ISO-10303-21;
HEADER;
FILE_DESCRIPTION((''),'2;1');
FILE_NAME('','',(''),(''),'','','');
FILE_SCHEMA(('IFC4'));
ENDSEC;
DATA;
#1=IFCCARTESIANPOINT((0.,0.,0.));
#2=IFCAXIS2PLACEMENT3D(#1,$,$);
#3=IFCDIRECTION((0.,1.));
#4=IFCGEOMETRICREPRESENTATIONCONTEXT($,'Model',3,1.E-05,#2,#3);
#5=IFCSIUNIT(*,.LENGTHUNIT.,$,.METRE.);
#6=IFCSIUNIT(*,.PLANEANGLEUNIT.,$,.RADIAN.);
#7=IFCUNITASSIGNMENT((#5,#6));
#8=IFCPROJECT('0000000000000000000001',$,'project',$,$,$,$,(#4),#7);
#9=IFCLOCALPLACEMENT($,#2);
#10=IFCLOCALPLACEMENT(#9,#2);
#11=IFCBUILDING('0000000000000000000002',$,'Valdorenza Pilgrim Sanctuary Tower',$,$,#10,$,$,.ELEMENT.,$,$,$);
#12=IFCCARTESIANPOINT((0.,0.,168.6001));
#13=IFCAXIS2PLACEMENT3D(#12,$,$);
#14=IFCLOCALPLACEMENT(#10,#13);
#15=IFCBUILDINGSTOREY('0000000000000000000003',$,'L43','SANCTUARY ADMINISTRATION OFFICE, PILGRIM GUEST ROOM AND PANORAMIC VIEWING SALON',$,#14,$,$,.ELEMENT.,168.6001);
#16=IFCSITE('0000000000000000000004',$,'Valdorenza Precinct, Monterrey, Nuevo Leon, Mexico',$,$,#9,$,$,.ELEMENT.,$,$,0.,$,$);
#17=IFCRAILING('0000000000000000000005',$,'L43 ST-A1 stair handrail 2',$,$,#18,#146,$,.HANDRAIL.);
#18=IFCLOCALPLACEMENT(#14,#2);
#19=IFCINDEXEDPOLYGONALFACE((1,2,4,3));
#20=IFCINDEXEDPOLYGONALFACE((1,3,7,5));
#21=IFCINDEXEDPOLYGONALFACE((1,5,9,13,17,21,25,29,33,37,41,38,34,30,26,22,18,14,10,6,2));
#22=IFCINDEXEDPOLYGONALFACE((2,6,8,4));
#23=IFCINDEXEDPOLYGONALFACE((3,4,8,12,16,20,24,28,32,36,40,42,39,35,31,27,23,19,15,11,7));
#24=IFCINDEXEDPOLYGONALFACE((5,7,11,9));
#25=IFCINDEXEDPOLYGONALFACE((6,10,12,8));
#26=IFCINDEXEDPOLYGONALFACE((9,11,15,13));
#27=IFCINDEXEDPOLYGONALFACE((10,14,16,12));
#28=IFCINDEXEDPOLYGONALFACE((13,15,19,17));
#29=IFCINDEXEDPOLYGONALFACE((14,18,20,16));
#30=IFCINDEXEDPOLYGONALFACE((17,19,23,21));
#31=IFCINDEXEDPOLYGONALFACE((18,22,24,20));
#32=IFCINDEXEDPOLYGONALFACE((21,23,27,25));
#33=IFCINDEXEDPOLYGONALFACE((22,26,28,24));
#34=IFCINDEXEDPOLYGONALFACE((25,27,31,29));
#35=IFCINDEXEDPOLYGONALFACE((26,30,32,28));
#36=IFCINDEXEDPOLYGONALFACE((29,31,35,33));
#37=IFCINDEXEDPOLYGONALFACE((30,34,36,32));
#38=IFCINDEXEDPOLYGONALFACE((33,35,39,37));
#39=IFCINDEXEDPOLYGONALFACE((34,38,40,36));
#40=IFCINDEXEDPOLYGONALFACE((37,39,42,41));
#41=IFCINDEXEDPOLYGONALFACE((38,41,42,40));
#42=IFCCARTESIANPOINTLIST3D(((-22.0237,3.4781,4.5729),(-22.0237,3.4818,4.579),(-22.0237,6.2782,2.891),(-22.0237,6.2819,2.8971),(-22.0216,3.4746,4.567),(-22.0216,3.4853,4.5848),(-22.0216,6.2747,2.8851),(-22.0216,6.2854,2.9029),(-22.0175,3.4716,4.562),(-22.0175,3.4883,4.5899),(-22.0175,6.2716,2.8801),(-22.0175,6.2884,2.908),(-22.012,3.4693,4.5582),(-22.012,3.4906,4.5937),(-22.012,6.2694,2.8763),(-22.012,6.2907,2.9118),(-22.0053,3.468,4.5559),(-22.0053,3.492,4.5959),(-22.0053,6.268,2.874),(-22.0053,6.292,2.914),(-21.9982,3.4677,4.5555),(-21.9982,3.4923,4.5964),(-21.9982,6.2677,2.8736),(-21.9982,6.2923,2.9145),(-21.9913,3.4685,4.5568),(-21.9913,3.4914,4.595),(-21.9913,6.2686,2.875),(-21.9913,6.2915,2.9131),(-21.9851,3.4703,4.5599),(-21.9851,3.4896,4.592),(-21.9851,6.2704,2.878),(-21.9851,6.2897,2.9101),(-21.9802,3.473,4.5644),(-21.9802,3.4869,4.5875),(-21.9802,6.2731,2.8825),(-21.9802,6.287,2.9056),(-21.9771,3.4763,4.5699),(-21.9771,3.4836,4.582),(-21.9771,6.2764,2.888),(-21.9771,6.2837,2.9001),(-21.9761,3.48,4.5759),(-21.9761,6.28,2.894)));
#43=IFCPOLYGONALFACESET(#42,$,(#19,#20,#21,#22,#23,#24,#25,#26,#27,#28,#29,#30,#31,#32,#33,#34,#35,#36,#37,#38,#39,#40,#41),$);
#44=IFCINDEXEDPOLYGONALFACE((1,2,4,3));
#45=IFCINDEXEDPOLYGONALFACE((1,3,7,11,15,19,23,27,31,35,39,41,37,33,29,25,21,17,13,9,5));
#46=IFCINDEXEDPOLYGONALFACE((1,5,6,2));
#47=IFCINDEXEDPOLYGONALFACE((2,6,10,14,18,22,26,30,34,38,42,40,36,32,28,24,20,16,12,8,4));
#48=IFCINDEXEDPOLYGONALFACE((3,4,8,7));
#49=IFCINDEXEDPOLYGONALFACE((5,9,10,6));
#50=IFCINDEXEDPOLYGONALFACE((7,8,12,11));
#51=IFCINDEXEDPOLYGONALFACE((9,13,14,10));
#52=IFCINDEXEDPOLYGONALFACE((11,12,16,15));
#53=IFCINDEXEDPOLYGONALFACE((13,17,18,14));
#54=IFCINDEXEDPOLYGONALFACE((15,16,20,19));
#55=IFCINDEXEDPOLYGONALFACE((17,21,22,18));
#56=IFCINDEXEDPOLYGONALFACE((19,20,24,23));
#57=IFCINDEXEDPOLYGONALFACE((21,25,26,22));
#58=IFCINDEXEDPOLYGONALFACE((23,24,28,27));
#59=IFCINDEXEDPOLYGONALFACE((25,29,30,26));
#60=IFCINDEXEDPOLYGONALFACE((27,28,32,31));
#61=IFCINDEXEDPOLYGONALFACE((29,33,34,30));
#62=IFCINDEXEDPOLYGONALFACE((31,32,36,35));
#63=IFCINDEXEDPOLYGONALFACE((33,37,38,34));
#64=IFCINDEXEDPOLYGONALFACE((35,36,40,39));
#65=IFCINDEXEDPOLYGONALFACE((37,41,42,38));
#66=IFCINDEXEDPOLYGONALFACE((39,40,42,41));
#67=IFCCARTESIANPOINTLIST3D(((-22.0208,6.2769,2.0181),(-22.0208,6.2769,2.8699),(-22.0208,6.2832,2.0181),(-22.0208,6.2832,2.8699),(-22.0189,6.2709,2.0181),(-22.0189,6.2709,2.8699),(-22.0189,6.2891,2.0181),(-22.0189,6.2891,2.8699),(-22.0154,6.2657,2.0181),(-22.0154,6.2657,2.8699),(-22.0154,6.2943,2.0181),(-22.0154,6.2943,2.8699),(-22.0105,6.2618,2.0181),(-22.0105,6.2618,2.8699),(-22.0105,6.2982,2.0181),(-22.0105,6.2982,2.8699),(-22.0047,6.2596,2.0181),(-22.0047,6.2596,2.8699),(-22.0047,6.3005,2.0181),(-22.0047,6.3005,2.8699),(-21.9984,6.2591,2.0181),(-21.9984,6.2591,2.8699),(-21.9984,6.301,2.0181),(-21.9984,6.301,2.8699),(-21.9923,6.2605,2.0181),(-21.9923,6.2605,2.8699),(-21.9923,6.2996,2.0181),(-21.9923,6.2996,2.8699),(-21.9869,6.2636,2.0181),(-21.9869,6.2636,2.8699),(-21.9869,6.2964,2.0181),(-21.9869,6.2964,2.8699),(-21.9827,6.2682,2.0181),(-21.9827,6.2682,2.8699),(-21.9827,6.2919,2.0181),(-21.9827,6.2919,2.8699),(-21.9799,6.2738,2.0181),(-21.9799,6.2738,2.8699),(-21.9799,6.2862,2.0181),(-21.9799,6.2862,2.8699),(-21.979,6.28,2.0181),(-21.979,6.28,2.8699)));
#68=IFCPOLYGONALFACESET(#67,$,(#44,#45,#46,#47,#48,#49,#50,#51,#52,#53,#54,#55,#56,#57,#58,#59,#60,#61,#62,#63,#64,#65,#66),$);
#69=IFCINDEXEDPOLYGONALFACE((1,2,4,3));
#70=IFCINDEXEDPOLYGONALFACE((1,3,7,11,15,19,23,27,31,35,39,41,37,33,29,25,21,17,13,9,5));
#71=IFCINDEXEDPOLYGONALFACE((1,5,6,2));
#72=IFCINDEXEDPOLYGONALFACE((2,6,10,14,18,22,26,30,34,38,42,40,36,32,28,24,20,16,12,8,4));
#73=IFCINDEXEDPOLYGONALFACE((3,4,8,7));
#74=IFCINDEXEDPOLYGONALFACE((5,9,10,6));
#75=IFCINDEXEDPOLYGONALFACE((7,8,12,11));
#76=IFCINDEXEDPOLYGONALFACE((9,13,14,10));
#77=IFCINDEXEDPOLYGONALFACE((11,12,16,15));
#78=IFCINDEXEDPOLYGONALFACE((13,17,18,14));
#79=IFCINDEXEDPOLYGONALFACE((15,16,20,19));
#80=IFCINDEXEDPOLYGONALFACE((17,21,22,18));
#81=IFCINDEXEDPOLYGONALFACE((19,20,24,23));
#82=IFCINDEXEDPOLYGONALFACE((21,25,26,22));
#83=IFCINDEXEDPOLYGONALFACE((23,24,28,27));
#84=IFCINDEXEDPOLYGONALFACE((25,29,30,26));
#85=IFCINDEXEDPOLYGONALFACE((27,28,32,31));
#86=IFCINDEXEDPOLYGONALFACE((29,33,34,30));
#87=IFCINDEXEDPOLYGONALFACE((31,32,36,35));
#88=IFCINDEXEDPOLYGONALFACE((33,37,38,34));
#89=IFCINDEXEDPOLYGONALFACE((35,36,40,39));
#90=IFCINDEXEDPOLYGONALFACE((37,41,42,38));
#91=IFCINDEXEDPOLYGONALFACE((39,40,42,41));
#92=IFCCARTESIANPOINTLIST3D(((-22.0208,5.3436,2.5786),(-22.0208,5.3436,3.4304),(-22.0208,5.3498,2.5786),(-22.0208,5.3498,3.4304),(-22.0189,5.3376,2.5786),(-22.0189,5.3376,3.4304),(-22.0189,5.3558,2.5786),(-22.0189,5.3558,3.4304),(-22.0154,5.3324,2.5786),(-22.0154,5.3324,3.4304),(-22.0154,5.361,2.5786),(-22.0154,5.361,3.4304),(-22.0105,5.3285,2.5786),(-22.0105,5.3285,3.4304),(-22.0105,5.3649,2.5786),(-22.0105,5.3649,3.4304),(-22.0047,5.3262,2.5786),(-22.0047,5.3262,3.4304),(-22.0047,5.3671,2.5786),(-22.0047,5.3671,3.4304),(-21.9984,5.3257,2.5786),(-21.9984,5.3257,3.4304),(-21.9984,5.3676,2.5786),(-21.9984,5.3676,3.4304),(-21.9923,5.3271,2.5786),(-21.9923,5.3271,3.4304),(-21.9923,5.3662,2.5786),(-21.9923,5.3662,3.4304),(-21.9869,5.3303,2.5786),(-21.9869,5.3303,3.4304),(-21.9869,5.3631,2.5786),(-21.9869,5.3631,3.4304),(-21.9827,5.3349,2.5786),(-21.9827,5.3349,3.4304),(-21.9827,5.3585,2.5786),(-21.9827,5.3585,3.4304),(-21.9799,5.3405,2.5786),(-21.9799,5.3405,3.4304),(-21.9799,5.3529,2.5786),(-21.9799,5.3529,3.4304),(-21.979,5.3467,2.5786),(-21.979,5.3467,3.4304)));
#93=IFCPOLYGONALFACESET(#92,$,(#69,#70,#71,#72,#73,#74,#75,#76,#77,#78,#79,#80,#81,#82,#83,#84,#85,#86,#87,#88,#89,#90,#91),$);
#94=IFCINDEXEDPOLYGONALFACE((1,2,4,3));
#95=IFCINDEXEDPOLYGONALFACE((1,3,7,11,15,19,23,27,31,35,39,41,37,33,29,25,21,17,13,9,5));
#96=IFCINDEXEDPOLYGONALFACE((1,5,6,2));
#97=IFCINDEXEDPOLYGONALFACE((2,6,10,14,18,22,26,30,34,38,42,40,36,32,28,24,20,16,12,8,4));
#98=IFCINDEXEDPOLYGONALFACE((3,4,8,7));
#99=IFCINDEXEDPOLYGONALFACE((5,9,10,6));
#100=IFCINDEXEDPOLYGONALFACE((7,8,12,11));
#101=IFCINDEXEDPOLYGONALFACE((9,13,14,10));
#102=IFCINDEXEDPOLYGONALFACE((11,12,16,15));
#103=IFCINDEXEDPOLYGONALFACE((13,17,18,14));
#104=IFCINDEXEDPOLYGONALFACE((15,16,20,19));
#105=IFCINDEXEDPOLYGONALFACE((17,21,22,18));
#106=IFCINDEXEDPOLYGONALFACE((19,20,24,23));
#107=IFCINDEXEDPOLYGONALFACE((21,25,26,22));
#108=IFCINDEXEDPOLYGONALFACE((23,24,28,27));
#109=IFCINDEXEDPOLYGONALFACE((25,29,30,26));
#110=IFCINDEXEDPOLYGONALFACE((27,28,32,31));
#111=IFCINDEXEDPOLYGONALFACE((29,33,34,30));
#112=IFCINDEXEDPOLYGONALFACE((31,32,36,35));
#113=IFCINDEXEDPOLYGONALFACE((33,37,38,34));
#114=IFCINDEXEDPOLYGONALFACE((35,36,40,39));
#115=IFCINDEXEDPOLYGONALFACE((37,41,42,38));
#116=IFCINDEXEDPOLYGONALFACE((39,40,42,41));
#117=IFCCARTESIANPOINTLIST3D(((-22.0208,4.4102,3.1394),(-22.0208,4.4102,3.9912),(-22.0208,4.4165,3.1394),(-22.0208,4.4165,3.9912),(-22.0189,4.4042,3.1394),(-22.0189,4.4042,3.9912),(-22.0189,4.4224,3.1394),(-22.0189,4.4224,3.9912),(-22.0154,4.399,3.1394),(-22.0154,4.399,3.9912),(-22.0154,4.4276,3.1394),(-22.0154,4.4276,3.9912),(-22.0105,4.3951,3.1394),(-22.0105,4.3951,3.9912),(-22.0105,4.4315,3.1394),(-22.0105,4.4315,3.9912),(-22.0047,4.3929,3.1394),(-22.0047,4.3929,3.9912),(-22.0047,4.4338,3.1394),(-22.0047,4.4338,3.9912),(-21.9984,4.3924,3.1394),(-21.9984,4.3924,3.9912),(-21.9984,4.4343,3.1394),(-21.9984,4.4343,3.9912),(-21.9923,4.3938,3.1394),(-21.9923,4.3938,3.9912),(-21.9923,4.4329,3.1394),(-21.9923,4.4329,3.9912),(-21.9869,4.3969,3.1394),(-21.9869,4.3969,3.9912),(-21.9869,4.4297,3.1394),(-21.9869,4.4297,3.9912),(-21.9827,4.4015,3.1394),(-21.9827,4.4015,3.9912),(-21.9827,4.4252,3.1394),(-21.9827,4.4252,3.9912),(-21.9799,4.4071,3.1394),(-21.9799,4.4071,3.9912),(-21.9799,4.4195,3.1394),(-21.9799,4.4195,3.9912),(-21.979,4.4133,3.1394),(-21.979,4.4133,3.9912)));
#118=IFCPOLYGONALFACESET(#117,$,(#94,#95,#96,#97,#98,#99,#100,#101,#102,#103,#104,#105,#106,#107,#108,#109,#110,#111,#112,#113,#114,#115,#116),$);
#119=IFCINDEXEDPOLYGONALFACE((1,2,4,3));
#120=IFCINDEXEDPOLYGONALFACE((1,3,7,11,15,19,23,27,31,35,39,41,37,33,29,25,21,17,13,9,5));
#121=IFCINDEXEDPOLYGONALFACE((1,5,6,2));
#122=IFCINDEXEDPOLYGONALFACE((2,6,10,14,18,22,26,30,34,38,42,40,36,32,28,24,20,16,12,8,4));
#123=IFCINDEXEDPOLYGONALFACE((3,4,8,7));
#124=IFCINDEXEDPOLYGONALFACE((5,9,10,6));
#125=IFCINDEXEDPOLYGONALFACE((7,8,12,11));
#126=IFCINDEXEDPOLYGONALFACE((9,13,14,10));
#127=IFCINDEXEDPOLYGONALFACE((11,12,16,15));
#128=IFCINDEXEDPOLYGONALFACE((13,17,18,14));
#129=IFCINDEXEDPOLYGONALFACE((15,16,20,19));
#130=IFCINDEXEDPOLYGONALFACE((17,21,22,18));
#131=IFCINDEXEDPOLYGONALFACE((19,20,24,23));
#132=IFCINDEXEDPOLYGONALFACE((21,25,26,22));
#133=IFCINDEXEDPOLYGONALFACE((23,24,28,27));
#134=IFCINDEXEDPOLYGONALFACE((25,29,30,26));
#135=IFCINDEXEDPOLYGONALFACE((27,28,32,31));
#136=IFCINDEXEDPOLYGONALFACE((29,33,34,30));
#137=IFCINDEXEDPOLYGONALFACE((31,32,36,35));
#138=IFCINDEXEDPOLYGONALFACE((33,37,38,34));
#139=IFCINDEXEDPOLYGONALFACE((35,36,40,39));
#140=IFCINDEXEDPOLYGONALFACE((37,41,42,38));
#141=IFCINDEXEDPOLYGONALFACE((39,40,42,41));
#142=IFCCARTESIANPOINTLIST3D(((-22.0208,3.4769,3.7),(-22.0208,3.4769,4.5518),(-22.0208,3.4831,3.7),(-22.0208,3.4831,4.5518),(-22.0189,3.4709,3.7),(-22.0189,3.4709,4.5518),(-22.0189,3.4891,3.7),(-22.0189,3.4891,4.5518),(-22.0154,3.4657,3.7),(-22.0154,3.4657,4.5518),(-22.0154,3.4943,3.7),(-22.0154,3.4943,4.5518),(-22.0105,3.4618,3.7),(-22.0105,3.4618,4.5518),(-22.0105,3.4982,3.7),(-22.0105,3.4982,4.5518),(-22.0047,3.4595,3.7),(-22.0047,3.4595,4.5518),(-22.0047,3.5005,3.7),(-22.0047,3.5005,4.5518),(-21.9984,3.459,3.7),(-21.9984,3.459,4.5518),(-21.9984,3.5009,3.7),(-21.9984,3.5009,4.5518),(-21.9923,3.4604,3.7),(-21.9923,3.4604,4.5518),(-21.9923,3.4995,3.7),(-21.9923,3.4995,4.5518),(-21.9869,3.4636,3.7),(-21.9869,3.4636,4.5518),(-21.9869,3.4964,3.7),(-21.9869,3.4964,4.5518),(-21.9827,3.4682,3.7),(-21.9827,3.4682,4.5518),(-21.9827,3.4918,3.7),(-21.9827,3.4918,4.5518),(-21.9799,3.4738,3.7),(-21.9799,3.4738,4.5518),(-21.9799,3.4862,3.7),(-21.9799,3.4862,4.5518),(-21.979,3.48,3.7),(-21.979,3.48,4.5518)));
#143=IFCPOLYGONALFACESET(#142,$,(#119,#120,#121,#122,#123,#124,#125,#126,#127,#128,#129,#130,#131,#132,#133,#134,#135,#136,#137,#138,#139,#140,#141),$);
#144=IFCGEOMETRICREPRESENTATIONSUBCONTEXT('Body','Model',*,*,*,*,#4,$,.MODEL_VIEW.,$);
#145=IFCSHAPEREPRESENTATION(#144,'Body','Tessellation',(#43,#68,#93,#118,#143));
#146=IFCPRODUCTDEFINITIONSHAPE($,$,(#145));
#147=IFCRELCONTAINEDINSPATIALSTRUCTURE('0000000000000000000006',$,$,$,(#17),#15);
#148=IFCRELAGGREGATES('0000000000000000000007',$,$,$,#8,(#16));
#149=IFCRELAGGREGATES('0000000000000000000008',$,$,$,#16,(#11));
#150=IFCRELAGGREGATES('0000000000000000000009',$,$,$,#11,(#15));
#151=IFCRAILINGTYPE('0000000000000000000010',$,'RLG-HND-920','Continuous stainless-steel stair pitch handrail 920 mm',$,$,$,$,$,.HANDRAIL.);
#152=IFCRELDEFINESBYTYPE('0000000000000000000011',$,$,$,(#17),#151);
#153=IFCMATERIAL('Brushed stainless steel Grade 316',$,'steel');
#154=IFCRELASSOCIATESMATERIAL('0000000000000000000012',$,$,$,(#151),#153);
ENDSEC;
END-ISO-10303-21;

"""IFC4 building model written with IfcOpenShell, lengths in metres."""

from ifc_helpers import new_model, si_unit, direction, frame, origin, origin_2d, place, context, subcontext, project, spatial, circle, extrude, material, type_object, element, save


model = new_model("IFC4")

# Units and contexts
model_context = context("Model", 3, precision=1e-05, world=origin(), true_north=direction((0.0, 1.0)))
body_context = subcontext(model_context, "Body", "Model", "MODEL_VIEW")
ifc_project = project(units=[si_unit("LENGTHUNIT", "METRE"), si_unit("PLANEANGLEUNIT", "RADIAN")], contexts=[model_context])

# Site, building, storey
site_placement = place(None, origin())
site = spatial("IfcSite", under=ifc_project, at=site_placement, Name="Valdorenza Precinct, Monterrey, Nuevo Leon, Mexico", CompositionType="ELEMENT", RefElevation=0.0)
building_placement = place(site_placement, origin())
building = spatial("IfcBuilding", under=site, at=building_placement, Name="Valdorenza Pilgrim Sanctuary Tower", CompositionType="ELEMENT")
storey_placement = place(building_placement, frame((0.0, 0.0, 168.6001)))
storey = spatial("IfcBuildingStorey", under=building, at=storey_placement, Name="L43", Description="SANCTUARY ADMINISTRATION OFFICE, PILGRIM GUEST ROOM AND PANORAMIC VIEWING SALON", CompositionType="ELEMENT", Elevation=168.6001)

# Railing
ifc_material_1 = material(Name="Brushed stainless steel Grade 316", Category="steel")
railing_type_1 = type_object("IfcRailingType", Name="RLG-HND-920", Description="Continuous stainless-steel stair pitch handrail 920 mm", PredefinedType="HANDRAIL", material=ifc_material_1)
railing_1_placement = place(storey_placement, frame((-22.0, 6.28, 2.0181)))
element("IfcRailing", 1, at=railing_1_placement, inside=storey, type_object=railing_type_1, Name="L43 ST-A1 stair handrail 2", PredefinedType="HANDRAIL", context=body_context, shape_type="SweptSolid", body=[
    extrude(circle(Radius=0.0239, at=origin_2d()), frame((0.0, 0.0, 0.876), z_axis=(0.0, -0.857242, 0.514913), x_axis=(1.0, 0.0, 0.0)), (0.0, 0.0, 1.0), 3.2664),
    extrude(circle(Radius=0.021, at=origin_2d()), origin(), (0.0, 0.0, 1.0), 0.8518),
    extrude(circle(Radius=0.021, at=origin_2d()), frame((0.0, -0.9333, 0.5605)), (0.0, 0.0, 1.0), 0.8518),
    extrude(circle(Radius=0.021, at=origin_2d()), frame((0.0, -1.8667, 1.1213)), (0.0, 0.0, 1.0), 0.8518),
    extrude(circle(Radius=0.021, at=origin_2d()), frame((0.0, -2.8, 1.6819)), (0.0, 0.0, 1.0), 0.8518),
])

save(model, "model.ifc")
